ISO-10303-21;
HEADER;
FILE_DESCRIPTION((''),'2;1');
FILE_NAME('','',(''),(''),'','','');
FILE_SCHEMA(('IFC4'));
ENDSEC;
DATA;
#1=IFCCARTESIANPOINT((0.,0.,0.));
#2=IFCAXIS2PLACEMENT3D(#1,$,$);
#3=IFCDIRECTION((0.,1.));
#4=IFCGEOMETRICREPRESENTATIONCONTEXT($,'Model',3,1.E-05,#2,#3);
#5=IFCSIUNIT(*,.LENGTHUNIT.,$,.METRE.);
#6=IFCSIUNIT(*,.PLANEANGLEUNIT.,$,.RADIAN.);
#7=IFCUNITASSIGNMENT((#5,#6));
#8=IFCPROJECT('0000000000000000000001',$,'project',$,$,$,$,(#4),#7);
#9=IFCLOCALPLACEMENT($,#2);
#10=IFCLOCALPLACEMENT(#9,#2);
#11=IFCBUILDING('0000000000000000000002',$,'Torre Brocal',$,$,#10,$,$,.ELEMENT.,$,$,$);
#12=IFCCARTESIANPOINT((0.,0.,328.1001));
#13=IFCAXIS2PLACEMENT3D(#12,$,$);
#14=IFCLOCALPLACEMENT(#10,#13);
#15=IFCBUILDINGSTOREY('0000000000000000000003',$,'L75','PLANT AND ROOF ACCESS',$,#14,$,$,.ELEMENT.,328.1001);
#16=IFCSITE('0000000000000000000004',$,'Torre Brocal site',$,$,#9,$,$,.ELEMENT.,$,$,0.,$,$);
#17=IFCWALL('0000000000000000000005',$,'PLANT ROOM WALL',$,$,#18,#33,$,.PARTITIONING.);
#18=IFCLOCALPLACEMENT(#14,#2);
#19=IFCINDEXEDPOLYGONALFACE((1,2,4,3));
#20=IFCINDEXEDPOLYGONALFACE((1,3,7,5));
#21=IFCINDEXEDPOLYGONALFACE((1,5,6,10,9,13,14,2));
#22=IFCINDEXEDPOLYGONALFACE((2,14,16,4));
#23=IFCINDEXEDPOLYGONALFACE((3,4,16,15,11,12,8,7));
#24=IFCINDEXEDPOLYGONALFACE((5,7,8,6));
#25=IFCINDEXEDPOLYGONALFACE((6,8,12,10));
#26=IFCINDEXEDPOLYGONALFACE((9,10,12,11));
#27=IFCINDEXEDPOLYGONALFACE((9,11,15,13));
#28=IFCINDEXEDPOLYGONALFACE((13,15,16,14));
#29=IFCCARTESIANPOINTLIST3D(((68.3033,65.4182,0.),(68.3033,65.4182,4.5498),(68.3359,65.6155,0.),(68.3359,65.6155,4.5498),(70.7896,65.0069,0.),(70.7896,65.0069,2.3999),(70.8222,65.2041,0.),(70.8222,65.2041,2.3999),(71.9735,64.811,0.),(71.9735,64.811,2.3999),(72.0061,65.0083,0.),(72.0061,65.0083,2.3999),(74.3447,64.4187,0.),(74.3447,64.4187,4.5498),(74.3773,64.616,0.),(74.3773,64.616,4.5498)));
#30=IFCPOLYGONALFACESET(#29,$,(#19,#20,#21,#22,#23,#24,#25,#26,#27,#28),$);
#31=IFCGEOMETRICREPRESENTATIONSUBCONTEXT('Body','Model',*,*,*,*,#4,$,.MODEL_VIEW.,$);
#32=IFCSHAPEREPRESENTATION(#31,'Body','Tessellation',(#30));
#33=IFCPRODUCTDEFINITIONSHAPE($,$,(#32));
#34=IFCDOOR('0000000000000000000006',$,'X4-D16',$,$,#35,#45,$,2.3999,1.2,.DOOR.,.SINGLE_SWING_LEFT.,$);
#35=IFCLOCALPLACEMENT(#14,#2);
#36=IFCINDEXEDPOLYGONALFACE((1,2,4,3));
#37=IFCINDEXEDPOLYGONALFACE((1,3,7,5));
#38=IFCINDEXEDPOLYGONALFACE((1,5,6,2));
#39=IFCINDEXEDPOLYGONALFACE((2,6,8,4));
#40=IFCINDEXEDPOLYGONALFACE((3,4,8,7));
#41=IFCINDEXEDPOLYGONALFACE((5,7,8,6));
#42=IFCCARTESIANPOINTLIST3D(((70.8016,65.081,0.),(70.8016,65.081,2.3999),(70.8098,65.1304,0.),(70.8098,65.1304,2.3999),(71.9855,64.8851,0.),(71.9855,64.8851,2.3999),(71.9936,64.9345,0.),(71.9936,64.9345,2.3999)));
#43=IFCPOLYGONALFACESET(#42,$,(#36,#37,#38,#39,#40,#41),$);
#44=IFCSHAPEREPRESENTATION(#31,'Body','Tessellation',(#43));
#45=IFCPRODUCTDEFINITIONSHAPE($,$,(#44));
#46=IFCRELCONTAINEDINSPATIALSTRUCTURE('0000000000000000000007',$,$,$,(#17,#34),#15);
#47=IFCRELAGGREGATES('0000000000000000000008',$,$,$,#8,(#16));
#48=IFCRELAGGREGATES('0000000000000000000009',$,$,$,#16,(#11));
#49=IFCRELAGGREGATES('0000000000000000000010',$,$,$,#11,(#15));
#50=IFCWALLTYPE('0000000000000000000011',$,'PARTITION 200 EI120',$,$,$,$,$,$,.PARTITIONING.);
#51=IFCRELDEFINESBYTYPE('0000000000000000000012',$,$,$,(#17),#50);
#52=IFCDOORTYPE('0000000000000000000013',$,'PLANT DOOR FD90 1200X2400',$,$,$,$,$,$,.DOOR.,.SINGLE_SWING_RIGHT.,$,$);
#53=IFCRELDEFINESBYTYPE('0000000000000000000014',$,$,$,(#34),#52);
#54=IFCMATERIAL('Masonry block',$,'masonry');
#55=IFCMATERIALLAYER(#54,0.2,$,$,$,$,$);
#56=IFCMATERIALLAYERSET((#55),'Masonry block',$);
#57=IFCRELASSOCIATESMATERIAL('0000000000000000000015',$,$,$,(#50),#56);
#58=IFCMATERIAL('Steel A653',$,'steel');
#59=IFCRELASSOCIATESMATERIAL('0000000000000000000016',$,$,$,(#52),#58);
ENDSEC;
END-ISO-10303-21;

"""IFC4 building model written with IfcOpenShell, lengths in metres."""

from ifc_helpers import new_model, si_unit, direction, frame, frame_2d, origin, place, context, subcontext, project, spatial, rectangle, extrude, material, layer, layer_set, type_object, element, fill, save


model = new_model("IFC4")

# Units and contexts
model_context = context("Model", 3, precision=1e-05, world=origin(), true_north=direction((0.0, 1.0)))
body_context = subcontext(model_context, "Body", "Model", "MODEL_VIEW")
ifc_project = project(units=[si_unit("LENGTHUNIT", "METRE"), si_unit("PLANEANGLEUNIT", "RADIAN")], contexts=[model_context])

# Site, building, storey
site_placement = place(None, origin())
site = spatial("IfcSite", under=ifc_project, at=site_placement, Name="Torre Brocal site", CompositionType="ELEMENT", RefElevation=0.0)
building_placement = place(site_placement, origin())
building = spatial("IfcBuilding", under=site, at=building_placement, Name="Torre Brocal", CompositionType="ELEMENT")
storey_placement = place(building_placement, frame((0.0, 0.0, 328.1001)))
storey = spatial("IfcBuildingStorey", under=building, at=storey_placement, Name="L75", Description="PLANT AND ROOF ACCESS", CompositionType="ELEMENT", Elevation=328.1001)

# Shared definitions
ifc_material_1 = material(Name="Masonry block", Category="masonry")
ifc_layer_1 = layer(ifc_material_1, 0.2)
ifc_layer_set_1 = layer_set([ifc_layer_1], Name="Masonry block")
wall_type_1 = type_object("IfcWallType", Name="PARTITION 200 EI120", PredefinedType="PARTITIONING", material=ifc_layer_set_1)

# Wall, opening, door
wall_1_placement = place(storey_placement, frame((68.3196, 65.5168, 0.0), z_axis=(0.0, 0.0, 1.0), x_axis=(0.986589, -0.163222, 0.0)))
wall_1 = element("IfcWall", 1, at=wall_1_placement, inside=storey, type_object=wall_type_1, Name="PLANT ROOM WALL", PredefinedType="PARTITIONING", context=body_context, shape_type="SweptSolid", body=[
    extrude(rectangle(XDim=6.1235, YDim=0.2, at=frame_2d((3.0618, 0.0))), origin(), (0.0, 0.0, 1.0), 4.5498),
])
opening_1_placement = place(wall_1_placement, frame((2.52, 0.0, 0.0)))
opening_1 = element("IfcOpeningElement", 2, at=opening_1_placement, cuts=wall_1, PredefinedType="OPENING", context=body_context, shape_type="SweptSolid", body=[
    extrude(rectangle(XDim=1.2, YDim=2.3999, at=frame_2d((0.6001, 1.2))), frame((0.0, 0.1099, 0.0), z_axis=(0.0, -1.0, 0.0), x_axis=(1.0, 0.0, 0.0)), (0.0, 0.0, 1.0), 0.22),
])
ifc_material_2 = material(Name="Steel A653", Category="steel")
door_type = type_object("IfcDoorType", Name="PLANT DOOR FD90 1200X2400", OperationType="SINGLE_SWING_RIGHT", PredefinedType="DOOR", material=ifc_material_2)
door_placement = place(opening_1_placement, frame((1.2, 0.0, 0.0), z_axis=(0.0, 0.0, 1.0), x_axis=(-1.0, 0.0, 0.0)))
door = element("IfcDoor", 3, at=door_placement, inside=storey, type_object=door_type, Name="X4-D16", OperationType="SINGLE_SWING_LEFT", OverallHeight=2.3999, OverallWidth=1.2, PredefinedType="DOOR", context=body_context, shape_type="SweptSolid", body=[
    extrude(rectangle(XDim=1.2, YDim=2.3999, at=frame_2d((0.6001, 1.2))), frame((0.0, 0.0249, 0.0), z_axis=(0.0, -1.0, 0.0), x_axis=(1.0, 0.0, 0.0)), (0.0, 0.0, 1.0), 0.05),
])
fill(opening_1, door)

save(model, "model.ifc")
